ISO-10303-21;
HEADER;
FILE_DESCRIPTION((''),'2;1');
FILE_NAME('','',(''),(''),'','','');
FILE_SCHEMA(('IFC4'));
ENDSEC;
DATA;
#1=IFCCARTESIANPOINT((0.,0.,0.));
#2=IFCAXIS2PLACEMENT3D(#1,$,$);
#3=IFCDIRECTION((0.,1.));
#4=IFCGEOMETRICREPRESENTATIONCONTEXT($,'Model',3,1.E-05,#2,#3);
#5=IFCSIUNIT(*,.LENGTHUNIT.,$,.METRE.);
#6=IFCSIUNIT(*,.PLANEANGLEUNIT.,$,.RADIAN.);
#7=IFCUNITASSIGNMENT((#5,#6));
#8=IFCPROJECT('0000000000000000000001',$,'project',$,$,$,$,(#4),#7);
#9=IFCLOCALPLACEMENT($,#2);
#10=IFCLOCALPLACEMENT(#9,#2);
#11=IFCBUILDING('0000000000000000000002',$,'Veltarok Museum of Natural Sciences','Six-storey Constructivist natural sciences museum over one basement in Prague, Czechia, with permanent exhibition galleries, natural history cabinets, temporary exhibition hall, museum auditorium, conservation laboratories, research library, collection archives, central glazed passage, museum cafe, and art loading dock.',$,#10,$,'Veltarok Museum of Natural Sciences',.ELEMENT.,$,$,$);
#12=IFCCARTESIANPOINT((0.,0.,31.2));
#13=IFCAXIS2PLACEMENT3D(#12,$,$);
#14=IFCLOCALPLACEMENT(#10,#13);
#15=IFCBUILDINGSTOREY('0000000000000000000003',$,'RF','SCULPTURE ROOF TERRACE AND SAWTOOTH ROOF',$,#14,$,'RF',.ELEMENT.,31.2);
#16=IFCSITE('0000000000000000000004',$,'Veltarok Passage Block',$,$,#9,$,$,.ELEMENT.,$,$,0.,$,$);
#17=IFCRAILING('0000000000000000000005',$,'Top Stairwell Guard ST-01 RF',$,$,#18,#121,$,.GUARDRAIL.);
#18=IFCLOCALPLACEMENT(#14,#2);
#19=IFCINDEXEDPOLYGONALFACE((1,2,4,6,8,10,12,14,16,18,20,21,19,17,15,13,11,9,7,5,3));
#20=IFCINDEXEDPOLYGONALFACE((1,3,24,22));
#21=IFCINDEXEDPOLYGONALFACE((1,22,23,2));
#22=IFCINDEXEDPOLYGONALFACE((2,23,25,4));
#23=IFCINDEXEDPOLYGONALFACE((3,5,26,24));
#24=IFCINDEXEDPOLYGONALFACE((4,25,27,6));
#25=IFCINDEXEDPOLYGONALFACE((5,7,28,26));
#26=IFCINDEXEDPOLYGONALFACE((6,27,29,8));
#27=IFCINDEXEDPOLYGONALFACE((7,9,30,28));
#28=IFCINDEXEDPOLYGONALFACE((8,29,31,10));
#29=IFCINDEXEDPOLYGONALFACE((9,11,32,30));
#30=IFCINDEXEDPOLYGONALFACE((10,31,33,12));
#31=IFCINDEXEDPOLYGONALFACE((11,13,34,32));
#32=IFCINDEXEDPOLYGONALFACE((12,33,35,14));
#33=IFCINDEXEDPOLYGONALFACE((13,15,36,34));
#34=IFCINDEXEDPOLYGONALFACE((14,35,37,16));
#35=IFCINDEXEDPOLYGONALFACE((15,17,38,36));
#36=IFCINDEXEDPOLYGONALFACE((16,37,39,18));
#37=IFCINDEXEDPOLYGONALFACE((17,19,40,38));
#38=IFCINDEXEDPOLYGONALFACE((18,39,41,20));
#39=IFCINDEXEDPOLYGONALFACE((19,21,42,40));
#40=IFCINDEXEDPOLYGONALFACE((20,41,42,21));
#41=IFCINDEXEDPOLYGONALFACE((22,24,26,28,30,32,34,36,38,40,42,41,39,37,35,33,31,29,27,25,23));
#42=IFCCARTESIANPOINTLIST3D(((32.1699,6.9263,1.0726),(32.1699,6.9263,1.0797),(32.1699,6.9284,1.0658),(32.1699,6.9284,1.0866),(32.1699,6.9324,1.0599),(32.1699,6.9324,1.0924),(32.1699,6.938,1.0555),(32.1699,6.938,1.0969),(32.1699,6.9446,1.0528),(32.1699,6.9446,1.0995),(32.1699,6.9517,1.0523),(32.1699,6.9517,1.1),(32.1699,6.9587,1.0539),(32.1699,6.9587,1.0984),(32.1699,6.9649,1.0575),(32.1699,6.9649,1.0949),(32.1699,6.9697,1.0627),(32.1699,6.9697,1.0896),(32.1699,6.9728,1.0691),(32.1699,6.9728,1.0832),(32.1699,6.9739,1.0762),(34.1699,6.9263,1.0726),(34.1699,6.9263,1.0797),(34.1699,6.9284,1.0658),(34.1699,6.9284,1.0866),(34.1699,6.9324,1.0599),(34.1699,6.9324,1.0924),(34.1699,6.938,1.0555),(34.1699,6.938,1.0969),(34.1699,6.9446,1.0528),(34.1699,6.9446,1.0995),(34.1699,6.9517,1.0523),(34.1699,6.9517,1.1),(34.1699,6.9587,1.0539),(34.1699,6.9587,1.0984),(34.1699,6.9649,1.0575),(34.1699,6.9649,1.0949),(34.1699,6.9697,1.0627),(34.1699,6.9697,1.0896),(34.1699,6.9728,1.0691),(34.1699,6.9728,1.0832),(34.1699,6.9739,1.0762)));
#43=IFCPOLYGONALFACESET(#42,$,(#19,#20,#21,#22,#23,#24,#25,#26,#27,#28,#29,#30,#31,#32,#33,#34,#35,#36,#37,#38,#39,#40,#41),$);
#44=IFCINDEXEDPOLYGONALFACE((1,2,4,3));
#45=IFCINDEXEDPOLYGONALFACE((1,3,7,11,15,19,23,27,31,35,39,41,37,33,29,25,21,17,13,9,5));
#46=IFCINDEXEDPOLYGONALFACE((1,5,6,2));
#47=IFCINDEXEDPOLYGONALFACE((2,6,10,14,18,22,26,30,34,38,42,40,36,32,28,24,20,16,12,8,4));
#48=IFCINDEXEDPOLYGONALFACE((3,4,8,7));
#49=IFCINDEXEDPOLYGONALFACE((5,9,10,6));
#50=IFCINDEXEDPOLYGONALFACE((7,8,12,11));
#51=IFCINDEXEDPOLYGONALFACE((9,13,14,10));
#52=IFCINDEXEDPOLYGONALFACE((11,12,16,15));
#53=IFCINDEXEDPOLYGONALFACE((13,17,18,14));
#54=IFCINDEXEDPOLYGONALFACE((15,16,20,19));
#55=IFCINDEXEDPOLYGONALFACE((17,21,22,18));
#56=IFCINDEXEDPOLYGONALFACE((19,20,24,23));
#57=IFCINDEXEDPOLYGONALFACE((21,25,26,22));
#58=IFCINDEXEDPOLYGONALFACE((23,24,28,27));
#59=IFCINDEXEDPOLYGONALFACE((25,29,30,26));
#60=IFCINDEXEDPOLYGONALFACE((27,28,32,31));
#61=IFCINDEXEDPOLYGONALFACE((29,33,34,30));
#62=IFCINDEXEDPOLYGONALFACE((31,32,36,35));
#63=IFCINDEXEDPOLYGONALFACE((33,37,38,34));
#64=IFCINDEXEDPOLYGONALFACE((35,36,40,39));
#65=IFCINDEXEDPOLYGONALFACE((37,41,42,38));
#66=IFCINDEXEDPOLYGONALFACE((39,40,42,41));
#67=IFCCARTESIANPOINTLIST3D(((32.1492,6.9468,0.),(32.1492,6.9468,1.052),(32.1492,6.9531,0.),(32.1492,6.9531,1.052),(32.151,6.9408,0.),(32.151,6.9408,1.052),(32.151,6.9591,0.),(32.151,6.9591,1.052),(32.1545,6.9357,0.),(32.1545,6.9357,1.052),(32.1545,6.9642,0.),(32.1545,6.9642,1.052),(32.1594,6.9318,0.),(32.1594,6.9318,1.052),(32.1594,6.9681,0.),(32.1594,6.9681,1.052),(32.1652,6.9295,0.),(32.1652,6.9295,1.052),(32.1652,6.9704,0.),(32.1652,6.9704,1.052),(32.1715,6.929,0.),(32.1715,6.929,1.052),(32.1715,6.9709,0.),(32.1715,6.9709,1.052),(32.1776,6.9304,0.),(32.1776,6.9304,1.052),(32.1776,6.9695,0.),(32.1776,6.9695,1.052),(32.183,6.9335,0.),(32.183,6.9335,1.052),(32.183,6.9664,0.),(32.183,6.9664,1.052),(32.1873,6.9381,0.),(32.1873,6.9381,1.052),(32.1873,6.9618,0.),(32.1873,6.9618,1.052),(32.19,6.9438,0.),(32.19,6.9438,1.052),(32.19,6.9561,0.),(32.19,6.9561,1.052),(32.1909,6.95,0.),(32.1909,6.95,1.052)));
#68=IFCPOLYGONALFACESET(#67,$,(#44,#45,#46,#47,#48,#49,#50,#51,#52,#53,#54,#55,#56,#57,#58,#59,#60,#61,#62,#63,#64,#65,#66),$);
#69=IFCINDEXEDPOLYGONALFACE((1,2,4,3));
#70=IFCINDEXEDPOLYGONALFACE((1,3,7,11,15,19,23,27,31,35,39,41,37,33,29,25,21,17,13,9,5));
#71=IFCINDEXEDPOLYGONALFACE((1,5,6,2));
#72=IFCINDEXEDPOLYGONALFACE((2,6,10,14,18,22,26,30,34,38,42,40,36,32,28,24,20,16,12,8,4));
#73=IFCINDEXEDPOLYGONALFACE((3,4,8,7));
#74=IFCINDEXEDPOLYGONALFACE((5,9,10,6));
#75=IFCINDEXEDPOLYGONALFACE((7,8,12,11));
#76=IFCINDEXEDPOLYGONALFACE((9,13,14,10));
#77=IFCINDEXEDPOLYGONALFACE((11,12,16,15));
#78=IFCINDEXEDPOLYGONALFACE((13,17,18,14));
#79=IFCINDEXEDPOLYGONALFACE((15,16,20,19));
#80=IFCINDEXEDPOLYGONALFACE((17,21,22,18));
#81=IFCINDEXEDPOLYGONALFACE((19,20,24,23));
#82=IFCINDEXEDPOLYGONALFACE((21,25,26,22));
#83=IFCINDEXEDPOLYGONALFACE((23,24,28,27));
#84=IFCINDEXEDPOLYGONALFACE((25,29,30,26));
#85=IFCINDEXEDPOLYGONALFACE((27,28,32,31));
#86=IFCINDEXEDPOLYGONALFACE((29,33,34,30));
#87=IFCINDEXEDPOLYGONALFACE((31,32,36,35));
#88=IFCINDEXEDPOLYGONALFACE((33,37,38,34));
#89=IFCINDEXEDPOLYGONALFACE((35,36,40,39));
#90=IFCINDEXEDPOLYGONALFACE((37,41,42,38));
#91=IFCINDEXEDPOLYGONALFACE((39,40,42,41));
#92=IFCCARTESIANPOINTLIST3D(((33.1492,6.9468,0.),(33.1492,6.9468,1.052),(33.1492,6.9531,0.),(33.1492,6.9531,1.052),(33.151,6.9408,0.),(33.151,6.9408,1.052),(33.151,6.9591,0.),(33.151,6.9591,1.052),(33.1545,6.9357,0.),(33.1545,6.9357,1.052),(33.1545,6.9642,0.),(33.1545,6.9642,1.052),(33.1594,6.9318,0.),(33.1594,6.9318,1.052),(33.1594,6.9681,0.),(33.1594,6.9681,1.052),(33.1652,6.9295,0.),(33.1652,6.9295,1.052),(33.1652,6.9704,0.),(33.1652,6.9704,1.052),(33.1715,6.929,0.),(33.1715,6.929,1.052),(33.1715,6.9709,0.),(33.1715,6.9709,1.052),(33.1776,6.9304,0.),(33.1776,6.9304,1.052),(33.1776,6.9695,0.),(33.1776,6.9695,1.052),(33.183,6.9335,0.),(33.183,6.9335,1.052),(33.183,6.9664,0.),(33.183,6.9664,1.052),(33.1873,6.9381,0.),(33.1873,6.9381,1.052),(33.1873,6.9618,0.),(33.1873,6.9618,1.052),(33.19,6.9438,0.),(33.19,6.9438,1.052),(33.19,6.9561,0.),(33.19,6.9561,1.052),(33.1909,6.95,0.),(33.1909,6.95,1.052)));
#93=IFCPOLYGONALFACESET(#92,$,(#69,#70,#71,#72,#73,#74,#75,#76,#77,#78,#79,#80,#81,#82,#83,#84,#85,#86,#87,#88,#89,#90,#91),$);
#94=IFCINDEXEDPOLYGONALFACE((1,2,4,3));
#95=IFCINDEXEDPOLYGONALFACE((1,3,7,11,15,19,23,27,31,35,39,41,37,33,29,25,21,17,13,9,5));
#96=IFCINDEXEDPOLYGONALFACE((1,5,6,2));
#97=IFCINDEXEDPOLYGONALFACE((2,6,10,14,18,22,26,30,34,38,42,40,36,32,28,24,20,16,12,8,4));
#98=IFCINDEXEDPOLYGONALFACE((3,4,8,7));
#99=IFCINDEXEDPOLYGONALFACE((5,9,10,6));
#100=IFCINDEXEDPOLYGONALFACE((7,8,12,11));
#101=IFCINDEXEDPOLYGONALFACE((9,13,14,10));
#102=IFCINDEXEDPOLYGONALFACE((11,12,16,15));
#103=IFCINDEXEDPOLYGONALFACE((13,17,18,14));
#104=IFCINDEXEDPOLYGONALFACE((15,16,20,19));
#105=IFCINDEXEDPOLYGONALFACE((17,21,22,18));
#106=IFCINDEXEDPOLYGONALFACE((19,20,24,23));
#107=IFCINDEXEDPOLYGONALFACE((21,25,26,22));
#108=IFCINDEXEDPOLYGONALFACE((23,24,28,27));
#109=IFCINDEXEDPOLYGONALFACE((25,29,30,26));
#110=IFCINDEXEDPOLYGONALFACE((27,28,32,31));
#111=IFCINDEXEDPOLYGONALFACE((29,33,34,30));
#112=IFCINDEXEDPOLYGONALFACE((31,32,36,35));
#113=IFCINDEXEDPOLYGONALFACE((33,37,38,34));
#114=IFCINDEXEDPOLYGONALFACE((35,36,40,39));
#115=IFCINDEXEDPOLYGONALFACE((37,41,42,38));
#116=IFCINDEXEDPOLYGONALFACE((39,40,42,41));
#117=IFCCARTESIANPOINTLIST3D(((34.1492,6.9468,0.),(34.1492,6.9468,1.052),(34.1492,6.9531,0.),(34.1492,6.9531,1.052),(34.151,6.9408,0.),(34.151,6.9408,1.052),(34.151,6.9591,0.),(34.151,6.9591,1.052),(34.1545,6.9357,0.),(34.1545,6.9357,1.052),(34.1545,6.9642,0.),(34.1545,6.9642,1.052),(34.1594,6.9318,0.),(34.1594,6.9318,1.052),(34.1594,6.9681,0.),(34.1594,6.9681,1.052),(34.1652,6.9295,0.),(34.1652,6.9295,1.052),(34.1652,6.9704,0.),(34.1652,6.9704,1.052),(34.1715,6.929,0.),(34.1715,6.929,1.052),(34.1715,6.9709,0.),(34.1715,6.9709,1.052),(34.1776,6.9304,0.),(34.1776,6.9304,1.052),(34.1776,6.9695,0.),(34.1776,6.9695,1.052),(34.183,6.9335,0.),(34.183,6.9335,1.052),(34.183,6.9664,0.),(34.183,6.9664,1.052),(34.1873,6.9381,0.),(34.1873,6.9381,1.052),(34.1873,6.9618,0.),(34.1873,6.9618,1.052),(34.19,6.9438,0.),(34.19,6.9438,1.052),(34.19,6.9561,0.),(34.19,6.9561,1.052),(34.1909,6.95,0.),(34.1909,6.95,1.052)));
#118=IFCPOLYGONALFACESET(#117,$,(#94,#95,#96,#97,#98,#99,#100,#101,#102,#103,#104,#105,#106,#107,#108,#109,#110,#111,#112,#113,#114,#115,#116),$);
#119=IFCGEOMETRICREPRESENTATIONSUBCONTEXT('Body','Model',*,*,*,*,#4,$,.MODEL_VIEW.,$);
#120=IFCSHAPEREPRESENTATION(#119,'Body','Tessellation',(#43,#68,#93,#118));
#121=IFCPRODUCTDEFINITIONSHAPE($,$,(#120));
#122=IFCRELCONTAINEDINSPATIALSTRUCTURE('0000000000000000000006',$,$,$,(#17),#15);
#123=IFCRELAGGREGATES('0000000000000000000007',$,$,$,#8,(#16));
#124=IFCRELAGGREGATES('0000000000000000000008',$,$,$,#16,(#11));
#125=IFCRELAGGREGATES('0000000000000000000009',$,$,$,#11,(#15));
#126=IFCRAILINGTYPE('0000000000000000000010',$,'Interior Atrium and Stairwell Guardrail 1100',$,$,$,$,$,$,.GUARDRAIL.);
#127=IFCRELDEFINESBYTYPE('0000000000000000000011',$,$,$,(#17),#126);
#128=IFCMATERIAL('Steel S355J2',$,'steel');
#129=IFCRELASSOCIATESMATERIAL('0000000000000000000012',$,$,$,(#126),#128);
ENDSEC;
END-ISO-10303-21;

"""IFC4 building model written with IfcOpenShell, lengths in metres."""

from ifc_helpers import new_model, si_unit, direction, frame, origin, origin_2d, place, context, subcontext, project, spatial, circle, extrude, material, type_object, element, save


model = new_model("IFC4")

# Units and contexts
model_context = context("Model", 3, precision=1e-05, world=origin(), true_north=direction((0.0, 1.0)))
body_context = subcontext(model_context, "Body", "Model", "MODEL_VIEW")
ifc_project = project(units=[si_unit("LENGTHUNIT", "METRE"), si_unit("PLANEANGLEUNIT", "RADIAN")], contexts=[model_context])

# Site, building, storey
site_placement = place(None, origin())
site = spatial("IfcSite", under=ifc_project, at=site_placement, Name="Veltarok Passage Block", CompositionType="ELEMENT", RefElevation=0.0)
building_placement = place(site_placement, origin())
building = spatial("IfcBuilding", under=site, at=building_placement, Name="Veltarok Museum of Natural Sciences", Description="Six-storey Constructivist natural sciences museum over one basement in Prague, Czechia, with permanent exhibition galleries, natural history cabinets, temporary exhibition hall, museum auditorium, conservation laboratories, research library, collection archives, central glazed passage, museum cafe, and art loading dock.", LongName="Veltarok Museum of Natural Sciences", CompositionType="ELEMENT")
storey_placement = place(building_placement, frame((0.0, 0.0, 31.2)))
storey = spatial("IfcBuildingStorey", under=building, at=storey_placement, Name="RF", Description="SCULPTURE ROOF TERRACE AND SAWTOOTH ROOF", LongName="RF", CompositionType="ELEMENT", Elevation=31.2)

# Shared definitions
ifc_material_1 = material(Name="Steel S355J2", Category="steel")

# Railing
railing_type_1 = type_object("IfcRailingType", Name="Interior Atrium and Stairwell Guardrail 1100", PredefinedType="GUARDRAIL", material=ifc_material_1)
railing_1_placement = place(storey_placement, frame((32.1699, 6.95, 0.0)))
element("IfcRailing", 1, at=railing_1_placement, inside=storey, type_object=railing_type_1, Name="Top Stairwell Guard ST-01 RF", PredefinedType="GUARDRAIL", context=body_context, shape_type="SweptSolid", body=[
    extrude(circle(Radius=0.0239, at=origin_2d()), frame((0.0, 0.0, 1.0762), z_axis=(1.0, 0.0, 0.0), x_axis=(0.0, 1.0, 0.0)), (0.0, 0.0, 1.0), 2.0),
    extrude(circle(Radius=0.021, at=origin_2d()), origin(), (0.0, 0.0, 1.0), 1.052),
    extrude(circle(Radius=0.021, at=origin_2d()), frame((1.0, 0.0, 0.0)), (0.0, 0.0, 1.0), 1.052),
    extrude(circle(Radius=0.021, at=origin_2d()), frame((2.0, 0.0, 0.0)), (0.0, 0.0, 1.0), 1.052),
])

save(model, "model.ifc")
